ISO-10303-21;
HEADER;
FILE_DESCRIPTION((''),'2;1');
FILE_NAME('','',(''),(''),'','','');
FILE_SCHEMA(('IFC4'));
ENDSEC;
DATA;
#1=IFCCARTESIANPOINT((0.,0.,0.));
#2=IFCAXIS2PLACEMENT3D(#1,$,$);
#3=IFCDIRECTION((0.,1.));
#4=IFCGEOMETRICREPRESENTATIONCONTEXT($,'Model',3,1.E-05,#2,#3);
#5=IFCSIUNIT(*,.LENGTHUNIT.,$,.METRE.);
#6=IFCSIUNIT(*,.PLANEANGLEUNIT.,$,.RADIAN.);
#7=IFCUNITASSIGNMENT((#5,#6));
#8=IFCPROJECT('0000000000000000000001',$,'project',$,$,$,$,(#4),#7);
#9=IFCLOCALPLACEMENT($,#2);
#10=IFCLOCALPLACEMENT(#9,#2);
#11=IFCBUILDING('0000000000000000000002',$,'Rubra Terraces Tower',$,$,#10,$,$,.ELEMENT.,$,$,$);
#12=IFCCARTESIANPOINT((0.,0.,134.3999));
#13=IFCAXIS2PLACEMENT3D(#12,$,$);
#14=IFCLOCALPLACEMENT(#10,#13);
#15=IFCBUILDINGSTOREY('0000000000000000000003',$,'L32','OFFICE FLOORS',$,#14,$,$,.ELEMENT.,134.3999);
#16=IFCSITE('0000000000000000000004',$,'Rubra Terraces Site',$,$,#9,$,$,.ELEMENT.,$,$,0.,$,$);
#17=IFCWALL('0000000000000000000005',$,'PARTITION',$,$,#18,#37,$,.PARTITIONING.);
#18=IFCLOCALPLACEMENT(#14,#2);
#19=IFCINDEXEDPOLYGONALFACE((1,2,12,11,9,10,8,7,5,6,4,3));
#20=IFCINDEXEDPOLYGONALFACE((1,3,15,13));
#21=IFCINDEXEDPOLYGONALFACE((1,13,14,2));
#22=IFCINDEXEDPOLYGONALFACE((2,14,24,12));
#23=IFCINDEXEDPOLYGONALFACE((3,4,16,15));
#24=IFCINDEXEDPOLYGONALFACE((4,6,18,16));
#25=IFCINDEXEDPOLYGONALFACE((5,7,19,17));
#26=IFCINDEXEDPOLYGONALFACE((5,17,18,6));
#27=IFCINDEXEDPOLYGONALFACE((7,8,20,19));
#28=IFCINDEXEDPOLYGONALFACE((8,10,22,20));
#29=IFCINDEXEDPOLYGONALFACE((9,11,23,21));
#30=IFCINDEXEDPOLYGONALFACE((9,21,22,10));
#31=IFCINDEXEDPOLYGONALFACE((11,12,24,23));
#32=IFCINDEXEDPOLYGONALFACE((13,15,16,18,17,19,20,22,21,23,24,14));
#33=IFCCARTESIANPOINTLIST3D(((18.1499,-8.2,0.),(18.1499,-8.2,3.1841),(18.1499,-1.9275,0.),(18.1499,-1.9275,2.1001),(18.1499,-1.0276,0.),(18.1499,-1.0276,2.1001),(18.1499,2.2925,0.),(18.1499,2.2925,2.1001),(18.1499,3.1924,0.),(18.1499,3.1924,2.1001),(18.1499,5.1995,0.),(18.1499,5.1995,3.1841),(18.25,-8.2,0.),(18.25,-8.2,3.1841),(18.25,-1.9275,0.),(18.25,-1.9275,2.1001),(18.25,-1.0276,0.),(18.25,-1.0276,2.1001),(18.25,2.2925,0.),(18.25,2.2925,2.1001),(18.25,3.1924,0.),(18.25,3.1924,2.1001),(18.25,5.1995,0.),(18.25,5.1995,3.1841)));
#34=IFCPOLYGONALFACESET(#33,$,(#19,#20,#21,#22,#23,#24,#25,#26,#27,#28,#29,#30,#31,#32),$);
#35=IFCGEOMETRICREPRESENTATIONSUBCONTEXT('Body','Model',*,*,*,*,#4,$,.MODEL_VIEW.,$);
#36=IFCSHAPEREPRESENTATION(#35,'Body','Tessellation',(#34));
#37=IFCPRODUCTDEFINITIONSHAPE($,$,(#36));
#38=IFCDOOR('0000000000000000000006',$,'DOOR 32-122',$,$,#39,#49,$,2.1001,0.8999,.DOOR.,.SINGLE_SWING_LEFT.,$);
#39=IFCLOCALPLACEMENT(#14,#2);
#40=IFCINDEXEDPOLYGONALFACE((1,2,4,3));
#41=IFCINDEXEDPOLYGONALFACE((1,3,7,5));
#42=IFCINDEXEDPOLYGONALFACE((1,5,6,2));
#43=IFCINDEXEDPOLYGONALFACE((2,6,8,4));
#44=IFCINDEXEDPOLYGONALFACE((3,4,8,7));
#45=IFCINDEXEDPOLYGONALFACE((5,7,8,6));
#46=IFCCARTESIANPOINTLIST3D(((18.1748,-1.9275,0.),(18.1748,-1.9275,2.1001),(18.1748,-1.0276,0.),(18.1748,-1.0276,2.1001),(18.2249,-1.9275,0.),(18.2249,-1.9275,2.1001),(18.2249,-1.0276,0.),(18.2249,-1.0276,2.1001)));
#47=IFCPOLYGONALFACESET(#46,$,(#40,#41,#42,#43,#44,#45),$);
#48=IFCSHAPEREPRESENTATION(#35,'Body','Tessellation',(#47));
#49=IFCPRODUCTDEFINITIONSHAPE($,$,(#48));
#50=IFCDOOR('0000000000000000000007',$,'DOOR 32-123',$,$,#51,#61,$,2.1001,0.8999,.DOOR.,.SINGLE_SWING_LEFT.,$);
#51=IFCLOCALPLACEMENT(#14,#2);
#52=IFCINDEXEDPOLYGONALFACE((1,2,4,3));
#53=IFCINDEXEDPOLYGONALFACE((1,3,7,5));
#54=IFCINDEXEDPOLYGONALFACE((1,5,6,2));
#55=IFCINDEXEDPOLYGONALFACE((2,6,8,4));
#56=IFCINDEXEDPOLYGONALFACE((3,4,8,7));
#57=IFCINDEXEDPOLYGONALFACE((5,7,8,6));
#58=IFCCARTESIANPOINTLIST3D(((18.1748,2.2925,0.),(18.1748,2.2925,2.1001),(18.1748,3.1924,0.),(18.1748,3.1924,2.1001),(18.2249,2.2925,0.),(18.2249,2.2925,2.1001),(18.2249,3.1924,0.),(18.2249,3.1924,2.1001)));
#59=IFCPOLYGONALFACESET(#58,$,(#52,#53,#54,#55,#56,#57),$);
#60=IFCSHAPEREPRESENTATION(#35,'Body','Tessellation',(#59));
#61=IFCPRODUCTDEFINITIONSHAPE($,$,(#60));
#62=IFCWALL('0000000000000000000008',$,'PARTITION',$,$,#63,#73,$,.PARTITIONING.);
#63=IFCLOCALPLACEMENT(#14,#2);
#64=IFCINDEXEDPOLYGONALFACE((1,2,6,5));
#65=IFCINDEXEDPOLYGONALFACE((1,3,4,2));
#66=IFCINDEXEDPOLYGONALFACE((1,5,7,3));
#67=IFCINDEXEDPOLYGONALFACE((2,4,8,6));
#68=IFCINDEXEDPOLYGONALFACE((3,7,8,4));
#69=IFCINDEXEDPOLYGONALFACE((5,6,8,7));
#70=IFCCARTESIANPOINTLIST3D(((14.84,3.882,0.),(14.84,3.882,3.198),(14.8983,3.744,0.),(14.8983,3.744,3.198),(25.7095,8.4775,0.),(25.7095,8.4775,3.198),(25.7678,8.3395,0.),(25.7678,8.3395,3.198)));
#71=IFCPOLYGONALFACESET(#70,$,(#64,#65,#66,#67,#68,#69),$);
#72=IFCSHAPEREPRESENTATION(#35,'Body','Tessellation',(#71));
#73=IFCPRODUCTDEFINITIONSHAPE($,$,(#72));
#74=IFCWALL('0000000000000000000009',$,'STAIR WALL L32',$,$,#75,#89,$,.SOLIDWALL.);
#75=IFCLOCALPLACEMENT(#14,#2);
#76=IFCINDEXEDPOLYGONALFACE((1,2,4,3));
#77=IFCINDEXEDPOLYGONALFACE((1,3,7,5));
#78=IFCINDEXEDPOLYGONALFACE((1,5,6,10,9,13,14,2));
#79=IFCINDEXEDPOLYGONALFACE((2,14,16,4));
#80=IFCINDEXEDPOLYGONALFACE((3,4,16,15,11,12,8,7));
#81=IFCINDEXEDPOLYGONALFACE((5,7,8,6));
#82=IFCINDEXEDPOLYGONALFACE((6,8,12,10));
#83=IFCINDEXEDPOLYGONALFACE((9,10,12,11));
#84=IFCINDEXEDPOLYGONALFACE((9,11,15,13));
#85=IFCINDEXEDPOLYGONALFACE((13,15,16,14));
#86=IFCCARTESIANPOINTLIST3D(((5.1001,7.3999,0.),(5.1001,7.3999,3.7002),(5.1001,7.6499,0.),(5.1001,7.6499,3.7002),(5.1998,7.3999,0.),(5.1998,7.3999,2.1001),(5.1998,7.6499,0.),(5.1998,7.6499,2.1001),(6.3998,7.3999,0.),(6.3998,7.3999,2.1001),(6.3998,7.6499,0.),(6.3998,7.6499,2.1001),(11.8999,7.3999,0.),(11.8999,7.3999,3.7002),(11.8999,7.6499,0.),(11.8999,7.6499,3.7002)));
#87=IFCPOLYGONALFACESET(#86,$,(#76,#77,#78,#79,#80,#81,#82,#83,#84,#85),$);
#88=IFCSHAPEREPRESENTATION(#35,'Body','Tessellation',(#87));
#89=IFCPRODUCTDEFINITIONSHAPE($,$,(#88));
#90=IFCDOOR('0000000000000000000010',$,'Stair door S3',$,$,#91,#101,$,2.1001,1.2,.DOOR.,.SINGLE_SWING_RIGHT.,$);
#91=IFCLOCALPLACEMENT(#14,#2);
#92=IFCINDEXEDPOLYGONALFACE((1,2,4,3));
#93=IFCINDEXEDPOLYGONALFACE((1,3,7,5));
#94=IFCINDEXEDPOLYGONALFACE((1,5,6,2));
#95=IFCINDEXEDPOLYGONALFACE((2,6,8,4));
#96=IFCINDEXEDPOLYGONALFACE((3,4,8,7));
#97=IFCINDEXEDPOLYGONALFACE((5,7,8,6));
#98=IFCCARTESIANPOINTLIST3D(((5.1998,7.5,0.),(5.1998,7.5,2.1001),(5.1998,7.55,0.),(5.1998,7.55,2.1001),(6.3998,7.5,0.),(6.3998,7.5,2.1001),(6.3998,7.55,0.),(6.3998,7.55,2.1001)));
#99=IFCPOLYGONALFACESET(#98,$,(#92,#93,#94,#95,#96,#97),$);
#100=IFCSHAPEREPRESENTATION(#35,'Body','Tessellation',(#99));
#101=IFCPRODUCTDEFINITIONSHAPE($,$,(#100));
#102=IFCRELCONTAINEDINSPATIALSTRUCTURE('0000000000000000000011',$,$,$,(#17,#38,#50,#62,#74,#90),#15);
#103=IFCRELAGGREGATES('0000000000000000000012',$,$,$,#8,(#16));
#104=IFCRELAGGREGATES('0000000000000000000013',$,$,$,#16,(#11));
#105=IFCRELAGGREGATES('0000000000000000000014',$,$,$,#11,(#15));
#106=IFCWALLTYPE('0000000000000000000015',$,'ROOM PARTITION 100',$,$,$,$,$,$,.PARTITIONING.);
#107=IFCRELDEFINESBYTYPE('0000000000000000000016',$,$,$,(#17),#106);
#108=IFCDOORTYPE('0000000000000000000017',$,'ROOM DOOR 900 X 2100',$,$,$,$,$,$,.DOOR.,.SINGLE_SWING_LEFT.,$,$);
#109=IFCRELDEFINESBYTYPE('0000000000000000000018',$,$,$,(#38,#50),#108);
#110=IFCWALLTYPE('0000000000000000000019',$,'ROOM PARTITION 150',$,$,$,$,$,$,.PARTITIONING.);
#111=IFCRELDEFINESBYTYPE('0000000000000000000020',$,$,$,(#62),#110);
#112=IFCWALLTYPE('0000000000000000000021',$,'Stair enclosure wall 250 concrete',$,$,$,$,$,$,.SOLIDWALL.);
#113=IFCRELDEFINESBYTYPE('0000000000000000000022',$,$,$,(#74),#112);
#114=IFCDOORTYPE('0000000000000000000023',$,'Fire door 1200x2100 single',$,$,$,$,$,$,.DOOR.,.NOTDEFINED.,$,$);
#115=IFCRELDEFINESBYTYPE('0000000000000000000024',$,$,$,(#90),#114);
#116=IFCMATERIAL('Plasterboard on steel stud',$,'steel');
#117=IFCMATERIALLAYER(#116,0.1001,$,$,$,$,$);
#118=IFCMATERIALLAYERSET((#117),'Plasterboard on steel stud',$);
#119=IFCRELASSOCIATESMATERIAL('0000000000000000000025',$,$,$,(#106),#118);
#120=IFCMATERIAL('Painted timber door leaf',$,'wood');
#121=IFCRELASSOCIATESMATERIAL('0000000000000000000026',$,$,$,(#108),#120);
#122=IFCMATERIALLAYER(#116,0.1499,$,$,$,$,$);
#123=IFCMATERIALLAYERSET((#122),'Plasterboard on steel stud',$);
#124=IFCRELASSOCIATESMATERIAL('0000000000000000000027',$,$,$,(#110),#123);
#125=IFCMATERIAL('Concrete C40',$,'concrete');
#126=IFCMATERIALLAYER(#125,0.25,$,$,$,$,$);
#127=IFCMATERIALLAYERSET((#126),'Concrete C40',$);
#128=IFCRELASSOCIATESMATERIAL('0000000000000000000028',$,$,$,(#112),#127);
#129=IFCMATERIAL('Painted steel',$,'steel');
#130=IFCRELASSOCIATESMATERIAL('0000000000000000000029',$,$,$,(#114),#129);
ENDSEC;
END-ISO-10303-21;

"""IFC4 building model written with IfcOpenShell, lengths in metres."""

from ifc_helpers import new_model, si_unit, direction, frame, frame_2d, origin, place, context, subcontext, project, spatial, rectangle, extrude, material, layer, layer_set, type_object, element, fill, save


model = new_model("IFC4")

# Units and contexts
model_context = context("Model", 3, precision=1e-05, world=origin(), true_north=direction((0.0, 1.0)))
body_context = subcontext(model_context, "Body", "Model", "MODEL_VIEW")
ifc_project = project(units=[si_unit("LENGTHUNIT", "METRE"), si_unit("PLANEANGLEUNIT", "RADIAN")], contexts=[model_context])

# Site, building, storey
site_placement = place(None, origin())
site = spatial("IfcSite", under=ifc_project, at=site_placement, Name="Rubra Terraces Site", CompositionType="ELEMENT", RefElevation=0.0)
building_placement = place(site_placement, origin())
building = spatial("IfcBuilding", under=site, at=building_placement, Name="Rubra Terraces Tower", CompositionType="ELEMENT")
storey_placement = place(building_placement, frame((0.0, 0.0, 134.3999)))
storey = spatial("IfcBuildingStorey", under=building, at=storey_placement, Name="L32", Description="OFFICE FLOORS", CompositionType="ELEMENT", Elevation=134.3999)

# Shared definitions
ifc_material_1 = material(Name="Concrete C40", Category="concrete")
ifc_material_2 = material(Name="Plasterboard on steel stud", Category="steel")
ifc_layer_1 = layer(ifc_material_2, 0.1001)
ifc_layer_set_1 = layer_set([ifc_layer_1], Name="Plasterboard on steel stud")
wall_type_1 = type_object("IfcWallType", Name="ROOM PARTITION 100", PredefinedType="PARTITIONING", material=ifc_layer_set_1)

# Wall, openings, doors
wall_1_placement = place(storey_placement, frame((18.2, 5.1995, 0.0), z_axis=(0.0, 0.0, 1.0), x_axis=(0.0, -1.0, 0.0)))
wall_1 = element("IfcWall", 1, at=wall_1_placement, inside=storey, type_object=wall_type_1, Name="PARTITION", PredefinedType="PARTITIONING", context=body_context, shape_type="SweptSolid", body=[
    extrude(rectangle(XDim=13.3994, YDim=0.1001, at=frame_2d((6.6997, 0.0))), origin(), (0.0, 0.0, 1.0), 3.1841),
])
opening_1_placement = place(wall_1_placement, frame((6.2271, 0.0, 0.0)))
opening_1 = element("IfcOpeningElement", 2, at=opening_1_placement, cuts=wall_1, PredefinedType="OPENING", context=body_context, shape_type="SweptSolid", body=[
    extrude(rectangle(XDim=0.8999, YDim=2.1001, at=frame_2d((0.45, 1.05))), frame((0.0, 0.0601, 0.0), z_axis=(0.0, -1.0, 0.0), x_axis=(1.0, 0.0, 0.0)), (0.0, 0.0, 1.0), 0.1201),
])
opening_2_placement = place(wall_1_placement, frame((2.0071, 0.0, 0.0)))
opening_2 = element("IfcOpeningElement", 3, at=opening_2_placement, cuts=wall_1, PredefinedType="OPENING", context=body_context, shape_type="SweptSolid", body=[
    extrude(rectangle(XDim=0.8999, YDim=2.1001, at=frame_2d((0.45, 1.05))), frame((0.0, 0.0601, 0.0), z_axis=(0.0, -1.0, 0.0), x_axis=(1.0, 0.0, 0.0)), (0.0, 0.0, 1.0), 0.1201),
])
ifc_material_3 = material(Name="Painted timber door leaf", Category="wood")
door_type_1 = type_object("IfcDoorType", Name="ROOM DOOR 900 X 2100", OperationType="SINGLE_SWING_LEFT", PredefinedType="DOOR", material=ifc_material_3)
door_1_placement = place(opening_1_placement, origin())
door_1 = element("IfcDoor", 4, at=door_1_placement, inside=storey, type_object=door_type_1, Name="DOOR 32-122", OperationType="SINGLE_SWING_LEFT", OverallHeight=2.1001, OverallWidth=0.8999, PredefinedType="DOOR", context=body_context, shape_type="SweptSolid", body=[
    extrude(rectangle(XDim=0.8999, YDim=2.1001, at=frame_2d((0.45, 1.05))), frame((0.0, 0.0249, 0.0), z_axis=(0.0, -1.0, 0.0), x_axis=(1.0, 0.0, 0.0)), (0.0, 0.0, 1.0), 0.05),
])
fill(opening_1, door_1)
door_2_placement = place(opening_2_placement, origin())
door_2 = element("IfcDoor", 5, at=door_2_placement, inside=storey, type_object=door_type_1, Name="DOOR 32-123", OperationType="SINGLE_SWING_LEFT", OverallHeight=2.1001, OverallWidth=0.8999, PredefinedType="DOOR", context=body_context, shape_type="SweptSolid", body=[
    extrude(rectangle(XDim=0.8999, YDim=2.1001, at=frame_2d((0.45, 1.05))), frame((0.0, 0.0249, 0.0), z_axis=(0.0, -1.0, 0.0), x_axis=(1.0, 0.0, 0.0)), (0.0, 0.0, 1.0), 0.05),
])
fill(opening_2, door_2)

# Wall
ifc_layer_2 = layer(ifc_material_2, 0.1499)
ifc_layer_set_2 = layer_set([ifc_layer_2], Name="Plasterboard on steel stud")
wall_type_2 = type_object("IfcWallType", Name="ROOM PARTITION 150", PredefinedType="PARTITIONING", material=ifc_layer_set_2)
wall_2_placement = place(storey_placement, frame((25.7385, 8.4084, 0.0), z_axis=(0.0, 0.0, 1.0), x_axis=(-0.921062, -0.389415, 0.0)))
element("IfcWall", 6, at=wall_2_placement, inside=storey, type_object=wall_type_2, Name="PARTITION", PredefinedType="PARTITIONING", context=body_context, shape_type="SweptSolid", body=[
    extrude(rectangle(XDim=11.801, YDim=0.1499, at=frame_2d((5.9004, 0.0))), origin(), (0.0, 0.0, 1.0), 3.198),
])

# Wall, opening, door
ifc_layer_3 = layer(ifc_material_1, 0.25)
ifc_layer_set_3 = layer_set([ifc_layer_3], Name="Concrete C40")
wall_type_3 = type_object("IfcWallType", Name="Stair enclosure wall 250 concrete", PredefinedType="SOLIDWALL", material=ifc_layer_set_3)
wall_3_placement = place(storey_placement, frame((11.8999, 7.5249, 0.0), z_axis=(0.0, 0.0, 1.0), x_axis=(-1.0, 0.0, 0.0)))
wall_3 = element("IfcWall", 7, at=wall_3_placement, inside=storey, type_object=wall_type_3, Name="STAIR WALL L32", PredefinedType="SOLIDWALL", context=body_context, shape_type="SweptSolid", body=[
    extrude(rectangle(XDim=6.7998, YDim=0.25, at=frame_2d((3.3999, 0.0))), origin(), (0.0, 0.0, 1.0), 3.7002),
])
opening_3_placement = place(wall_3_placement, frame((5.5, 0.0, 0.0)))
opening_3 = element("IfcOpeningElement", 8, at=opening_3_placement, cuts=wall_3, PredefinedType="OPENING", context=body_context, shape_type="SweptSolid", body=[
    extrude(rectangle(XDim=1.2, YDim=2.1001, at=frame_2d((0.6001, 1.05))), frame((0.0, 0.135, 0.0), z_axis=(0.0, -1.0, 0.0), x_axis=(1.0, 0.0, 0.0)), (0.0, 0.0, 1.0), 0.27),
])
ifc_material_4 = material(Name="Painted steel", Category="steel")
door_type_2 = type_object("IfcDoorType", Name="Fire door 1200x2100 single", OperationType="NOTDEFINED", PredefinedType="DOOR", material=ifc_material_4)
door_3_placement = place(opening_3_placement, origin())
door_3 = element("IfcDoor", 9, at=door_3_placement, inside=storey, type_object=door_type_2, Name="Stair door S3", OperationType="SINGLE_SWING_RIGHT", OverallHeight=2.1001, OverallWidth=1.2, PredefinedType="DOOR", context=body_context, shape_type="SweptSolid", body=[
    extrude(rectangle(XDim=1.2, YDim=2.1001, at=frame_2d((0.6001, 1.05))), frame((0.0, 0.0249, 0.0), z_axis=(0.0, -1.0, 0.0), x_axis=(1.0, 0.0, 0.0)), (0.0, 0.0, 1.0), 0.05),
])
fill(opening_3, door_3)

save(model, "model.ifc")
